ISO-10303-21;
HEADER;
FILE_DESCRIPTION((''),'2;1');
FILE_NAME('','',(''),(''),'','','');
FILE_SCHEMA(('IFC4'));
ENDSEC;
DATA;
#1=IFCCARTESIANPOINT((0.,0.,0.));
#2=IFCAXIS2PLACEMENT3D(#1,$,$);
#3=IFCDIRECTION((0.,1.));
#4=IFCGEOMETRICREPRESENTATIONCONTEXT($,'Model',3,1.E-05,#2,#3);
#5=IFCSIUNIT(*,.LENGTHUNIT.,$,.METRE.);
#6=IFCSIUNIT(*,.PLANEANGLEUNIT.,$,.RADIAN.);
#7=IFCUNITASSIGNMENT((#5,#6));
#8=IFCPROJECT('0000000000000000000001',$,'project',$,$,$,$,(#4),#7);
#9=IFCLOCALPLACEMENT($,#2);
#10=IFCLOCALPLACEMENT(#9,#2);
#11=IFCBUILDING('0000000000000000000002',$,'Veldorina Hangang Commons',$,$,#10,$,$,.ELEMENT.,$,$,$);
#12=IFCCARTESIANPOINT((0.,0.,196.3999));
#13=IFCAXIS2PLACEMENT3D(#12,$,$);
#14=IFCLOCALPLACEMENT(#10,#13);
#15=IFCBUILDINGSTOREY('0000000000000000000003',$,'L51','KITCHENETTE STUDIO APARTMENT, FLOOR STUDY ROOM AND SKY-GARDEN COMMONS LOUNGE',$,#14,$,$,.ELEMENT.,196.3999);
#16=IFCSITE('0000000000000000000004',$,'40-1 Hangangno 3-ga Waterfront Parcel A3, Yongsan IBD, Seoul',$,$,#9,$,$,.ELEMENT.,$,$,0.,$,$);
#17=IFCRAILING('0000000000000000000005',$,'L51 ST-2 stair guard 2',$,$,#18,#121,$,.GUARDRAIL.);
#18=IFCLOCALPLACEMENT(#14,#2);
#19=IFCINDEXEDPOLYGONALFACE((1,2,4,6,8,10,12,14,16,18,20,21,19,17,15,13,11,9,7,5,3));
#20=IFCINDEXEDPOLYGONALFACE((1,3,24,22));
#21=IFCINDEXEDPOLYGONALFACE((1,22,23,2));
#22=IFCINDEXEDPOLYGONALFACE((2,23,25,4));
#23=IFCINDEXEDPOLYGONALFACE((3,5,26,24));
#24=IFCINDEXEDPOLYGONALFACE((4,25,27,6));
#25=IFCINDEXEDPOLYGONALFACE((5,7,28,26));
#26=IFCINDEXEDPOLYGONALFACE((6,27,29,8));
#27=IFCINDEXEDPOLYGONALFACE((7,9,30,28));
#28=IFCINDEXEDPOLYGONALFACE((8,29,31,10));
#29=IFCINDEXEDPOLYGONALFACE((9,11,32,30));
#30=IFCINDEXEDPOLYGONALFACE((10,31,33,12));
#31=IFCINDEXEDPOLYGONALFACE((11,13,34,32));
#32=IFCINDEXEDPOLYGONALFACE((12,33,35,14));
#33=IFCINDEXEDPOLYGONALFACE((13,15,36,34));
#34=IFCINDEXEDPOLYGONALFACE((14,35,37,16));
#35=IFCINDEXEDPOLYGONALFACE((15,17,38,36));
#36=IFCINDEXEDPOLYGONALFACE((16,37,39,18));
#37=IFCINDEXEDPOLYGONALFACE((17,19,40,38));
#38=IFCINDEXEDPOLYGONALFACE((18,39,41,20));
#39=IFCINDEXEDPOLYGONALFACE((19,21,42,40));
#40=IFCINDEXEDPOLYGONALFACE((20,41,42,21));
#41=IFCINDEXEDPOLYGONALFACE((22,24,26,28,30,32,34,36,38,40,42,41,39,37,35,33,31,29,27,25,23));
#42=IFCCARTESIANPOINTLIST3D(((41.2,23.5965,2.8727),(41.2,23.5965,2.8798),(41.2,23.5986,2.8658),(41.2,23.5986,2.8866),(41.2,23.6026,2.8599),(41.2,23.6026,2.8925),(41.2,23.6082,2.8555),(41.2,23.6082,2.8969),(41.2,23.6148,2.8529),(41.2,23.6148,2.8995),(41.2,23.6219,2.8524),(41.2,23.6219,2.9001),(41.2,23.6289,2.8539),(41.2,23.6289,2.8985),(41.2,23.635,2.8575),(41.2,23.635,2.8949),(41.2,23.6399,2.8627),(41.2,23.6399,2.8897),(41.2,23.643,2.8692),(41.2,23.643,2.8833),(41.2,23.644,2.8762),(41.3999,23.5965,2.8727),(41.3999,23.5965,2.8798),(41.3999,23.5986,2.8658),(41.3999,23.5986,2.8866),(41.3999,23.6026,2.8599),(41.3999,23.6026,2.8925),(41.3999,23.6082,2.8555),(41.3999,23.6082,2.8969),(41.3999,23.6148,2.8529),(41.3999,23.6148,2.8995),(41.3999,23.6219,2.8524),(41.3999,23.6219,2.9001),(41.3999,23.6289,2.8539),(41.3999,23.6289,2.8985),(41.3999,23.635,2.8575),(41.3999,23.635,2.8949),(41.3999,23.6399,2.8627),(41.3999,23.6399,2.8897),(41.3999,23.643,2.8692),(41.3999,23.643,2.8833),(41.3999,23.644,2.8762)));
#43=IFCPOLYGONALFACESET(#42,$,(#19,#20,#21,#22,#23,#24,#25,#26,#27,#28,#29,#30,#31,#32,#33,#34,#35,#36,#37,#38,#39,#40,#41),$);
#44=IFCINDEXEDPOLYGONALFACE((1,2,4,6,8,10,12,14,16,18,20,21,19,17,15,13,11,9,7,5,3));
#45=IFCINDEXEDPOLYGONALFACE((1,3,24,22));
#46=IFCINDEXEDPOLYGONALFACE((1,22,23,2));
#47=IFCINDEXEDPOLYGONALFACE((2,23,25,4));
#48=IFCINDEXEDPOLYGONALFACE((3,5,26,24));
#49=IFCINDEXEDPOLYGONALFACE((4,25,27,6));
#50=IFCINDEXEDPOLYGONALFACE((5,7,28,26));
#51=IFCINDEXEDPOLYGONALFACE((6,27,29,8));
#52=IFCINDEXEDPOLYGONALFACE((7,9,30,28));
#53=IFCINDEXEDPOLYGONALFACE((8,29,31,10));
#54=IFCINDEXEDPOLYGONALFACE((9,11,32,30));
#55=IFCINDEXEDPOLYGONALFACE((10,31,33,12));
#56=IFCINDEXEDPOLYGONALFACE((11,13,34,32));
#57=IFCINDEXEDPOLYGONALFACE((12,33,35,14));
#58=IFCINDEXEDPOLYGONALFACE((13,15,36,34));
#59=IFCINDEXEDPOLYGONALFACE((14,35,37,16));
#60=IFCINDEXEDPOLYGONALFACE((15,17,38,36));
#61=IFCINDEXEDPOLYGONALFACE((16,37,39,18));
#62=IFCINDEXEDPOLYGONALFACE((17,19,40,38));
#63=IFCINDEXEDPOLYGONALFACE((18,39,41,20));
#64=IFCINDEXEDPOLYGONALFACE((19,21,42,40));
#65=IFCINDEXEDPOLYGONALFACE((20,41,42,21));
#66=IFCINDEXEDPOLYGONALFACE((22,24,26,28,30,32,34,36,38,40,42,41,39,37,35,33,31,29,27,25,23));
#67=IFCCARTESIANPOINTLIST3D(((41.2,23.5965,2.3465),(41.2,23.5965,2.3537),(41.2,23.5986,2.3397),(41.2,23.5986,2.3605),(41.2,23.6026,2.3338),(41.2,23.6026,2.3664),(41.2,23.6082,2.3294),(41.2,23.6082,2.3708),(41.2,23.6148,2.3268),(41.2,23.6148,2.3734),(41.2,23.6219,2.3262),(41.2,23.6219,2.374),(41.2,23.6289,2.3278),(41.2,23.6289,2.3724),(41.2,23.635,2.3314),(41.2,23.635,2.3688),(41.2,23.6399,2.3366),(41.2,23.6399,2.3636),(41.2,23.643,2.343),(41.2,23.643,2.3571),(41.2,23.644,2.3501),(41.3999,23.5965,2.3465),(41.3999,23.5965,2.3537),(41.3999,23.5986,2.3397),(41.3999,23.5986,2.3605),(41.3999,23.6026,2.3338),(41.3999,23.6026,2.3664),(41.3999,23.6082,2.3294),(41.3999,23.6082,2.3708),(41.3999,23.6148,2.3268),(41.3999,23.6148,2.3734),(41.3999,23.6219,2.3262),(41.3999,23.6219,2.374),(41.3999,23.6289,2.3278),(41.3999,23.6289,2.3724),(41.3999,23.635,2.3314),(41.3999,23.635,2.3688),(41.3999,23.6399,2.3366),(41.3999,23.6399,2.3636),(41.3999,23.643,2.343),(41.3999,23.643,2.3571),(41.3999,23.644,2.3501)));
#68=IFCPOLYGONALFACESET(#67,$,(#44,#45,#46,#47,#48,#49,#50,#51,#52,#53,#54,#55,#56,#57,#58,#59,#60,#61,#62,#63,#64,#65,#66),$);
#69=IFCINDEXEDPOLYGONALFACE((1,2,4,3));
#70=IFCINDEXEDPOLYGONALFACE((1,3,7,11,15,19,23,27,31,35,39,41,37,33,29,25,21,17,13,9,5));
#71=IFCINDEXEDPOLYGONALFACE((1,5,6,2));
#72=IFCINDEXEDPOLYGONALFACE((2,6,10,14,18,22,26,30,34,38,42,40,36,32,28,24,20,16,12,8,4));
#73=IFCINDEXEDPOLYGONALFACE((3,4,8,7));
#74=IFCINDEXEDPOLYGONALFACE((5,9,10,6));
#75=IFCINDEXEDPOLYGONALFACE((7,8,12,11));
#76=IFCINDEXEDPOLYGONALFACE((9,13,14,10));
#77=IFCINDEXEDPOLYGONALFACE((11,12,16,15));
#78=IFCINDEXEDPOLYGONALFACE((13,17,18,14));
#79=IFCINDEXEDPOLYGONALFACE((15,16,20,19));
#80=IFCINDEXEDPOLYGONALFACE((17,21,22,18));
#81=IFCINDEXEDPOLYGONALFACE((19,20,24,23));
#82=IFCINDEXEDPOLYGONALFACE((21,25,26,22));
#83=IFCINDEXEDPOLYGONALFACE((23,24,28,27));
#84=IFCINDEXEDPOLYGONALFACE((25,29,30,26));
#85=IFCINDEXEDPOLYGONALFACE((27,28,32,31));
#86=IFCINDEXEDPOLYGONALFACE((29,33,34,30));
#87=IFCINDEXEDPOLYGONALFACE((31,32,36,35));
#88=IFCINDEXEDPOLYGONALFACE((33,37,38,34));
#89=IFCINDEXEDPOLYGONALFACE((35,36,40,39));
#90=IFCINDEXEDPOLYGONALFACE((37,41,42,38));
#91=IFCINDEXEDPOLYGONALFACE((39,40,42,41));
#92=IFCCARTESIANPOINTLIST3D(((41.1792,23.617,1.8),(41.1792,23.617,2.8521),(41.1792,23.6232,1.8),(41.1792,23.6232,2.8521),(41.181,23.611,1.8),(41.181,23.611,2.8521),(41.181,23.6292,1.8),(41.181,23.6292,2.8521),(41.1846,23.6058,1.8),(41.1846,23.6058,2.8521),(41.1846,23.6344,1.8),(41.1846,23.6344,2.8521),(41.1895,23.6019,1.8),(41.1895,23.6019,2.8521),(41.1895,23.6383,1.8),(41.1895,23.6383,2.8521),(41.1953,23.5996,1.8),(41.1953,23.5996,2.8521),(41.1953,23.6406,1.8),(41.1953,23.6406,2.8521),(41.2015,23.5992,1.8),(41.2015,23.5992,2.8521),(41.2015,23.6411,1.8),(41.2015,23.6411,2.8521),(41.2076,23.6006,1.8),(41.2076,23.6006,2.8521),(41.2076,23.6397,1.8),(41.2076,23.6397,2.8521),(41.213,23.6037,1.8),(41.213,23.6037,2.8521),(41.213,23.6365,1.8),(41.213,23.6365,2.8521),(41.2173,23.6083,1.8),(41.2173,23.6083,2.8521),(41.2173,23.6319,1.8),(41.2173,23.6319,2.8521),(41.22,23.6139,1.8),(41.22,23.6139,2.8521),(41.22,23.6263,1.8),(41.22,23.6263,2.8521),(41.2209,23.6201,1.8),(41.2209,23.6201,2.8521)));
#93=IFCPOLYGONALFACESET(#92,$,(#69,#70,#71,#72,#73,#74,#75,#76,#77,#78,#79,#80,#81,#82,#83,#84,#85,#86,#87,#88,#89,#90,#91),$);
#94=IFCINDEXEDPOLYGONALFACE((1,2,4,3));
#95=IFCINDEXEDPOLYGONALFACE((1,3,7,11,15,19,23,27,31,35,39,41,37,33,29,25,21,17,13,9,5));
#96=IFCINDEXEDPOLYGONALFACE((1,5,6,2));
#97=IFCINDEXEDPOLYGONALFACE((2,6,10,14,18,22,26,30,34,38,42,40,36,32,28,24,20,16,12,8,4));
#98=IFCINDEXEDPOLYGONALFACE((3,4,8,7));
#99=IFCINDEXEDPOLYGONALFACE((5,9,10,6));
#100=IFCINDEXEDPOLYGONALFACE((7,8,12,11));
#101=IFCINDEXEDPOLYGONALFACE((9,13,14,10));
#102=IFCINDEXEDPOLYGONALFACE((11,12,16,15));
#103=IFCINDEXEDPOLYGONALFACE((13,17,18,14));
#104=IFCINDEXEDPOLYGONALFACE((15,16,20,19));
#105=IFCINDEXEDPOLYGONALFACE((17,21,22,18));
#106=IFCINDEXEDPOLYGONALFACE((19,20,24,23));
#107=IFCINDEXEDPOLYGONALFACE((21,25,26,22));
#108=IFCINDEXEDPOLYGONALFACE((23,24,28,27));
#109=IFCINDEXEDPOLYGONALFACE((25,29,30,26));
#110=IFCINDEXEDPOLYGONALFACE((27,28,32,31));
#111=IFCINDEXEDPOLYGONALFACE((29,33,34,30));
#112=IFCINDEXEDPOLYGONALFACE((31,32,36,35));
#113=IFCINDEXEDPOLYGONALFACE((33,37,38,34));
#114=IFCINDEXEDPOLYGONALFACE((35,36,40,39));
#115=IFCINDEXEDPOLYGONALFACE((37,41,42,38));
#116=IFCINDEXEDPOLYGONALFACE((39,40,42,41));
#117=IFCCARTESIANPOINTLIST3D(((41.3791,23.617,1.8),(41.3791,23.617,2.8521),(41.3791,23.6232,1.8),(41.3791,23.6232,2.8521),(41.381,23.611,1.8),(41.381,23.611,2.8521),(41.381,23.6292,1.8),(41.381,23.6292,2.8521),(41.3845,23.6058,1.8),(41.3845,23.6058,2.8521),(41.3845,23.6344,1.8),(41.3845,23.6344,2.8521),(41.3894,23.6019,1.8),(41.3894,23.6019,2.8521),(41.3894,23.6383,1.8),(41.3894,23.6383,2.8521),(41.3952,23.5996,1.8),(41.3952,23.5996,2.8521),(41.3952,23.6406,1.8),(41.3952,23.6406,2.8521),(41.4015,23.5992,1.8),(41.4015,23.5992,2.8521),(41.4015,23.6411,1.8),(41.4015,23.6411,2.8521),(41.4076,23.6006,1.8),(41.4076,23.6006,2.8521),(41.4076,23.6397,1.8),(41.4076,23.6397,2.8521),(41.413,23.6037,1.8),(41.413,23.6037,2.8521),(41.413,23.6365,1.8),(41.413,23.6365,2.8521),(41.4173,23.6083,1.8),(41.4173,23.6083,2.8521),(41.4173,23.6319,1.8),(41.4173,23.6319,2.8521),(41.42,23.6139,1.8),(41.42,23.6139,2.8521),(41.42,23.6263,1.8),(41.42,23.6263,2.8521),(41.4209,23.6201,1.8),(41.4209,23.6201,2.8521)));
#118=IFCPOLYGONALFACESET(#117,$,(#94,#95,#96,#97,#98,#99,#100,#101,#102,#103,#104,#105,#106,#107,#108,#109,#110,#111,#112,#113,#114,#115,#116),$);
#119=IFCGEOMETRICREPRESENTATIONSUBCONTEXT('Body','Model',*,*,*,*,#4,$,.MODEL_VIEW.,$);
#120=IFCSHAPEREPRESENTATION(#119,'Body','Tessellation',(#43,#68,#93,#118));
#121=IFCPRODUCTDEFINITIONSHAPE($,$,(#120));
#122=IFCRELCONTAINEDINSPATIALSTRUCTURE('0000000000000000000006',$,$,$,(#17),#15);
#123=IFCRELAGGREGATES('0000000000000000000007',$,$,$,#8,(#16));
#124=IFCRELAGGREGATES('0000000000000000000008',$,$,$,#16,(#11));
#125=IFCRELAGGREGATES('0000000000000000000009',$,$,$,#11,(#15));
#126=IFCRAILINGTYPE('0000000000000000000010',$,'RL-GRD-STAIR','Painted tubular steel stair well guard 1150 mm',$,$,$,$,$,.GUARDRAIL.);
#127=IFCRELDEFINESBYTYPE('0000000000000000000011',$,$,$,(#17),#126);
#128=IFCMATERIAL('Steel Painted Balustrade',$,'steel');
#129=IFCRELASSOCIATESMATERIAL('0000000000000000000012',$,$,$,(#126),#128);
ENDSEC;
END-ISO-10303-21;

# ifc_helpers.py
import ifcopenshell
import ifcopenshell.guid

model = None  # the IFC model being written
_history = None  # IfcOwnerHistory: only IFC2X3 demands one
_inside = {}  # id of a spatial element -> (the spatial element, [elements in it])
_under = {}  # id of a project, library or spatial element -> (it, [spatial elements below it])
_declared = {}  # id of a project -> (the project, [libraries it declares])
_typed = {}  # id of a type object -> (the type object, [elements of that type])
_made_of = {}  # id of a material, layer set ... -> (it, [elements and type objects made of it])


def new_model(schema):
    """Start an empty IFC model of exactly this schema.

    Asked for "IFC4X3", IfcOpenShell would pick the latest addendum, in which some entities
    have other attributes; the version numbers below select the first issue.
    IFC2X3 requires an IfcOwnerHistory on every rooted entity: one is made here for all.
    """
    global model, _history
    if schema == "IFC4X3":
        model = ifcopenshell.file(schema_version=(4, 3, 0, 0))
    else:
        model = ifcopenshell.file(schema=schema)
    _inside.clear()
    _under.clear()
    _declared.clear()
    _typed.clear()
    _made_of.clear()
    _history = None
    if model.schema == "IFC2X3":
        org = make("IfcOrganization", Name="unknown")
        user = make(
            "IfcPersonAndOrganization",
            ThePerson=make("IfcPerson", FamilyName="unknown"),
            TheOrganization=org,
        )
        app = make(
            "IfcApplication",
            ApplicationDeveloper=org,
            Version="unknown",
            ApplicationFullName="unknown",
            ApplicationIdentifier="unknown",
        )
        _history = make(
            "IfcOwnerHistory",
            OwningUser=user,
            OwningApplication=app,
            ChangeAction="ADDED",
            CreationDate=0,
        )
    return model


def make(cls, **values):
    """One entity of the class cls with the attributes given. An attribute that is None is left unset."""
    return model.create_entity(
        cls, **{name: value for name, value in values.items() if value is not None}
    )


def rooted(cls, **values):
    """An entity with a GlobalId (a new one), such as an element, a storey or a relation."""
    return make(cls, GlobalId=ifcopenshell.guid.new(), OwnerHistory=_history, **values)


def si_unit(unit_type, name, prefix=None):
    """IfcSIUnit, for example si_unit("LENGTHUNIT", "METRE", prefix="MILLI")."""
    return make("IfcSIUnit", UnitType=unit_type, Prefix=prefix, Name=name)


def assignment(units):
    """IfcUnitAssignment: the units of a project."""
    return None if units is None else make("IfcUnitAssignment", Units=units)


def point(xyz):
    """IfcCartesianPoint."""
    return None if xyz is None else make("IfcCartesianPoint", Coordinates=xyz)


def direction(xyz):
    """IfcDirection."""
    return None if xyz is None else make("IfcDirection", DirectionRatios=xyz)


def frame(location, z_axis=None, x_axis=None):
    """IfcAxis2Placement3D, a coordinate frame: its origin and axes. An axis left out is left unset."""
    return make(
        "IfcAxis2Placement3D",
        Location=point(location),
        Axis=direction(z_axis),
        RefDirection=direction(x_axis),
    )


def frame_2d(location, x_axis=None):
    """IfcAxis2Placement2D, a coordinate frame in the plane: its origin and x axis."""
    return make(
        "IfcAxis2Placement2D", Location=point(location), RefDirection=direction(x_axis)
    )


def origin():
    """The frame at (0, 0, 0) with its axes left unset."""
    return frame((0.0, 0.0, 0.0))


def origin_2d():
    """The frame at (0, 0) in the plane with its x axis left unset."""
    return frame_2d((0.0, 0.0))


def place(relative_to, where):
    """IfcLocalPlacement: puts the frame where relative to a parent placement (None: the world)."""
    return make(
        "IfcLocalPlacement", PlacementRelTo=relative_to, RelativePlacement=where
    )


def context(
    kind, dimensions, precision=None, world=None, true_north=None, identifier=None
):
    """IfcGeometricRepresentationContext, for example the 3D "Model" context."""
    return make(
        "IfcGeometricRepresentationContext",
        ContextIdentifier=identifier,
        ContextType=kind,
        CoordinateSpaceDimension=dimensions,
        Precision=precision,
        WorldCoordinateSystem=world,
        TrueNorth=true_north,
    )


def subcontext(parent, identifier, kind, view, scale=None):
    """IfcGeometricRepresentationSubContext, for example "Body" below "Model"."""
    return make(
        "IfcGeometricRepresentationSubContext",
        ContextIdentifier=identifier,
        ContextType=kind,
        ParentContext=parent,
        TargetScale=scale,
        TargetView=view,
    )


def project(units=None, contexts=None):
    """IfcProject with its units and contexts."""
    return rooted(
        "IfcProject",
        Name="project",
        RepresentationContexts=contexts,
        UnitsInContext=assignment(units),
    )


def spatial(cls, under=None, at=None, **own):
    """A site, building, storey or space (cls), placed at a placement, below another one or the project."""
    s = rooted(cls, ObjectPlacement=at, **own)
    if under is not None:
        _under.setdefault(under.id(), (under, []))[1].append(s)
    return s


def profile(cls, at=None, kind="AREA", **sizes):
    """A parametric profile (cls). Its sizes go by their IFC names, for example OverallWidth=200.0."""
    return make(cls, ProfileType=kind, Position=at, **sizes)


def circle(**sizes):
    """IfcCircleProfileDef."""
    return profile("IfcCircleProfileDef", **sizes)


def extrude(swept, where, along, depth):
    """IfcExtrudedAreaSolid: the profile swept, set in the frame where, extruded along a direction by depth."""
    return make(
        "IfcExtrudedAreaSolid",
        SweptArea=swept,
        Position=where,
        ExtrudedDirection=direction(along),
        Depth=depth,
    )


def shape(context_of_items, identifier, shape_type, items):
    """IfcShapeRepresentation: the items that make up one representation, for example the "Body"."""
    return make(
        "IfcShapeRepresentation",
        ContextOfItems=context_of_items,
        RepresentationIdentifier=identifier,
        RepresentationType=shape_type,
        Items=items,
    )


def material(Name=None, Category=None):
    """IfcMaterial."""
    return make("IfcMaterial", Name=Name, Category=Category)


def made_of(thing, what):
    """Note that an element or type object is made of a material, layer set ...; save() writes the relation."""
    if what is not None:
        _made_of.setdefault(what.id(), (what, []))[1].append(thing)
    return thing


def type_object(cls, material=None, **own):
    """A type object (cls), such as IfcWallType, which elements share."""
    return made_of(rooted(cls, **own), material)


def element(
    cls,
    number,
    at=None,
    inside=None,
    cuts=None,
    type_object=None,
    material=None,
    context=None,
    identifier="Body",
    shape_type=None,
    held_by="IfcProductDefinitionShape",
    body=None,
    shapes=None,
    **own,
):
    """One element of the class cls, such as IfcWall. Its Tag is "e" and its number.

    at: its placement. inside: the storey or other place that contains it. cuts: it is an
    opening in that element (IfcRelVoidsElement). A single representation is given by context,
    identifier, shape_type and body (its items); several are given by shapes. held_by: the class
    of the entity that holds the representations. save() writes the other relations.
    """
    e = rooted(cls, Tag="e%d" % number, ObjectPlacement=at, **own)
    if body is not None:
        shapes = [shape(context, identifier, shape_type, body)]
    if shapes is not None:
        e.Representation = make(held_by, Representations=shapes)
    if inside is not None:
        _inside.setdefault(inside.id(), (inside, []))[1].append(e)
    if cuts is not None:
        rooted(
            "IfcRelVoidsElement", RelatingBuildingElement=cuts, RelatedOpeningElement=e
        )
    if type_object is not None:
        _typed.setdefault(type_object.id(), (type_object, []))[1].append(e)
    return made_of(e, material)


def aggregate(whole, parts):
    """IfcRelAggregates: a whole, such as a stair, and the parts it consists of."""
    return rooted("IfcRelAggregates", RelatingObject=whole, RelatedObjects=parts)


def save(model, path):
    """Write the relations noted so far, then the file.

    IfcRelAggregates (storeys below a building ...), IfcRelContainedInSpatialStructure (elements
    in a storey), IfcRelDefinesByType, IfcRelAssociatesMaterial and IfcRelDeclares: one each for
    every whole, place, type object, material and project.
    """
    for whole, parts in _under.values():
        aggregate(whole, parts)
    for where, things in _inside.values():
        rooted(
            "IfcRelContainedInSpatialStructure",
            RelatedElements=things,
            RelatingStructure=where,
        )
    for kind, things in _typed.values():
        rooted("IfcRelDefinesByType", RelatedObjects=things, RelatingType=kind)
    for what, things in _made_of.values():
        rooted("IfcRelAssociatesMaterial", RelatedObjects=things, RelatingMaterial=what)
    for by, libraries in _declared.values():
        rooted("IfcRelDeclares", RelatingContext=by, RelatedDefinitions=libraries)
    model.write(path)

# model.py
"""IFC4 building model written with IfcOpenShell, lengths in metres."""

from ifc_helpers import new_model, si_unit, direction, frame, origin, origin_2d, place, context, subcontext, project, spatial, circle, extrude, material, type_object, element, save


model = new_model("IFC4")

# Units and contexts
model_context = context("Model", 3, precision=1e-05, world=origin(), true_north=direction((0.0, 1.0)))
body_context = subcontext(model_context, "Body", "Model", "MODEL_VIEW")
ifc_project = project(units=[si_unit("LENGTHUNIT", "METRE"), si_unit("PLANEANGLEUNIT", "RADIAN")], contexts=[model_context])

# Site, building, storey
site_placement = place(None, origin())
site = spatial("IfcSite", under=ifc_project, at=site_placement, Name="40-1 Hangangno 3-ga Waterfront Parcel A3, Yongsan IBD, Seoul", CompositionType="ELEMENT", RefElevation=0.0)
building_placement = place(site_placement, origin())
building = spatial("IfcBuilding", under=site, at=building_placement, Name="Veldorina Hangang Commons", CompositionType="ELEMENT")
storey_placement = place(building_placement, frame((0.0, 0.0, 196.3999)))
storey = spatial("IfcBuildingStorey", under=building, at=storey_placement, Name="L51", Description="KITCHENETTE STUDIO APARTMENT, FLOOR STUDY ROOM AND SKY-GARDEN COMMONS LOUNGE", CompositionType="ELEMENT", Elevation=196.3999)

# Railing
ifc_material_1 = material(Name="Steel Painted Balustrade", Category="steel")
railing_type_1 = type_object("IfcRailingType", Name="RL-GRD-STAIR", Description="Painted tubular steel stair well guard 1150 mm", PredefinedType="GUARDRAIL", material=ifc_material_1)
railing_1_placement = place(storey_placement, frame((41.2, 23.6201, 1.8)))
element("IfcRailing", 1, at=railing_1_placement, inside=storey, type_object=railing_type_1, Name="L51 ST-2 stair guard 2", PredefinedType="GUARDRAIL", context=body_context, shape_type="SweptSolid", body=[
    extrude(circle(Radius=0.0239, at=origin_2d()), frame((0.0, 0.0, 1.0762), z_axis=(1.0, 0.0, 0.0), x_axis=(0.0, 1.0, 0.0)), (0.0, 0.0, 1.0), 0.2),
    extrude(circle(Radius=0.0239, at=origin_2d()), frame((0.0, 0.0, 0.55), z_axis=(1.0, 0.0, 0.0), x_axis=(0.0, 1.0, 0.0)), (0.0, 0.0, 1.0), 0.2),
    extrude(circle(Radius=0.021, at=origin_2d()), origin(), (0.0, 0.0, 1.0), 1.052),
    extrude(circle(Radius=0.021, at=origin_2d()), frame((0.2, 0.0, 0.0)), (0.0, 0.0, 1.0), 1.052),
])

save(model, "model.ifc")
